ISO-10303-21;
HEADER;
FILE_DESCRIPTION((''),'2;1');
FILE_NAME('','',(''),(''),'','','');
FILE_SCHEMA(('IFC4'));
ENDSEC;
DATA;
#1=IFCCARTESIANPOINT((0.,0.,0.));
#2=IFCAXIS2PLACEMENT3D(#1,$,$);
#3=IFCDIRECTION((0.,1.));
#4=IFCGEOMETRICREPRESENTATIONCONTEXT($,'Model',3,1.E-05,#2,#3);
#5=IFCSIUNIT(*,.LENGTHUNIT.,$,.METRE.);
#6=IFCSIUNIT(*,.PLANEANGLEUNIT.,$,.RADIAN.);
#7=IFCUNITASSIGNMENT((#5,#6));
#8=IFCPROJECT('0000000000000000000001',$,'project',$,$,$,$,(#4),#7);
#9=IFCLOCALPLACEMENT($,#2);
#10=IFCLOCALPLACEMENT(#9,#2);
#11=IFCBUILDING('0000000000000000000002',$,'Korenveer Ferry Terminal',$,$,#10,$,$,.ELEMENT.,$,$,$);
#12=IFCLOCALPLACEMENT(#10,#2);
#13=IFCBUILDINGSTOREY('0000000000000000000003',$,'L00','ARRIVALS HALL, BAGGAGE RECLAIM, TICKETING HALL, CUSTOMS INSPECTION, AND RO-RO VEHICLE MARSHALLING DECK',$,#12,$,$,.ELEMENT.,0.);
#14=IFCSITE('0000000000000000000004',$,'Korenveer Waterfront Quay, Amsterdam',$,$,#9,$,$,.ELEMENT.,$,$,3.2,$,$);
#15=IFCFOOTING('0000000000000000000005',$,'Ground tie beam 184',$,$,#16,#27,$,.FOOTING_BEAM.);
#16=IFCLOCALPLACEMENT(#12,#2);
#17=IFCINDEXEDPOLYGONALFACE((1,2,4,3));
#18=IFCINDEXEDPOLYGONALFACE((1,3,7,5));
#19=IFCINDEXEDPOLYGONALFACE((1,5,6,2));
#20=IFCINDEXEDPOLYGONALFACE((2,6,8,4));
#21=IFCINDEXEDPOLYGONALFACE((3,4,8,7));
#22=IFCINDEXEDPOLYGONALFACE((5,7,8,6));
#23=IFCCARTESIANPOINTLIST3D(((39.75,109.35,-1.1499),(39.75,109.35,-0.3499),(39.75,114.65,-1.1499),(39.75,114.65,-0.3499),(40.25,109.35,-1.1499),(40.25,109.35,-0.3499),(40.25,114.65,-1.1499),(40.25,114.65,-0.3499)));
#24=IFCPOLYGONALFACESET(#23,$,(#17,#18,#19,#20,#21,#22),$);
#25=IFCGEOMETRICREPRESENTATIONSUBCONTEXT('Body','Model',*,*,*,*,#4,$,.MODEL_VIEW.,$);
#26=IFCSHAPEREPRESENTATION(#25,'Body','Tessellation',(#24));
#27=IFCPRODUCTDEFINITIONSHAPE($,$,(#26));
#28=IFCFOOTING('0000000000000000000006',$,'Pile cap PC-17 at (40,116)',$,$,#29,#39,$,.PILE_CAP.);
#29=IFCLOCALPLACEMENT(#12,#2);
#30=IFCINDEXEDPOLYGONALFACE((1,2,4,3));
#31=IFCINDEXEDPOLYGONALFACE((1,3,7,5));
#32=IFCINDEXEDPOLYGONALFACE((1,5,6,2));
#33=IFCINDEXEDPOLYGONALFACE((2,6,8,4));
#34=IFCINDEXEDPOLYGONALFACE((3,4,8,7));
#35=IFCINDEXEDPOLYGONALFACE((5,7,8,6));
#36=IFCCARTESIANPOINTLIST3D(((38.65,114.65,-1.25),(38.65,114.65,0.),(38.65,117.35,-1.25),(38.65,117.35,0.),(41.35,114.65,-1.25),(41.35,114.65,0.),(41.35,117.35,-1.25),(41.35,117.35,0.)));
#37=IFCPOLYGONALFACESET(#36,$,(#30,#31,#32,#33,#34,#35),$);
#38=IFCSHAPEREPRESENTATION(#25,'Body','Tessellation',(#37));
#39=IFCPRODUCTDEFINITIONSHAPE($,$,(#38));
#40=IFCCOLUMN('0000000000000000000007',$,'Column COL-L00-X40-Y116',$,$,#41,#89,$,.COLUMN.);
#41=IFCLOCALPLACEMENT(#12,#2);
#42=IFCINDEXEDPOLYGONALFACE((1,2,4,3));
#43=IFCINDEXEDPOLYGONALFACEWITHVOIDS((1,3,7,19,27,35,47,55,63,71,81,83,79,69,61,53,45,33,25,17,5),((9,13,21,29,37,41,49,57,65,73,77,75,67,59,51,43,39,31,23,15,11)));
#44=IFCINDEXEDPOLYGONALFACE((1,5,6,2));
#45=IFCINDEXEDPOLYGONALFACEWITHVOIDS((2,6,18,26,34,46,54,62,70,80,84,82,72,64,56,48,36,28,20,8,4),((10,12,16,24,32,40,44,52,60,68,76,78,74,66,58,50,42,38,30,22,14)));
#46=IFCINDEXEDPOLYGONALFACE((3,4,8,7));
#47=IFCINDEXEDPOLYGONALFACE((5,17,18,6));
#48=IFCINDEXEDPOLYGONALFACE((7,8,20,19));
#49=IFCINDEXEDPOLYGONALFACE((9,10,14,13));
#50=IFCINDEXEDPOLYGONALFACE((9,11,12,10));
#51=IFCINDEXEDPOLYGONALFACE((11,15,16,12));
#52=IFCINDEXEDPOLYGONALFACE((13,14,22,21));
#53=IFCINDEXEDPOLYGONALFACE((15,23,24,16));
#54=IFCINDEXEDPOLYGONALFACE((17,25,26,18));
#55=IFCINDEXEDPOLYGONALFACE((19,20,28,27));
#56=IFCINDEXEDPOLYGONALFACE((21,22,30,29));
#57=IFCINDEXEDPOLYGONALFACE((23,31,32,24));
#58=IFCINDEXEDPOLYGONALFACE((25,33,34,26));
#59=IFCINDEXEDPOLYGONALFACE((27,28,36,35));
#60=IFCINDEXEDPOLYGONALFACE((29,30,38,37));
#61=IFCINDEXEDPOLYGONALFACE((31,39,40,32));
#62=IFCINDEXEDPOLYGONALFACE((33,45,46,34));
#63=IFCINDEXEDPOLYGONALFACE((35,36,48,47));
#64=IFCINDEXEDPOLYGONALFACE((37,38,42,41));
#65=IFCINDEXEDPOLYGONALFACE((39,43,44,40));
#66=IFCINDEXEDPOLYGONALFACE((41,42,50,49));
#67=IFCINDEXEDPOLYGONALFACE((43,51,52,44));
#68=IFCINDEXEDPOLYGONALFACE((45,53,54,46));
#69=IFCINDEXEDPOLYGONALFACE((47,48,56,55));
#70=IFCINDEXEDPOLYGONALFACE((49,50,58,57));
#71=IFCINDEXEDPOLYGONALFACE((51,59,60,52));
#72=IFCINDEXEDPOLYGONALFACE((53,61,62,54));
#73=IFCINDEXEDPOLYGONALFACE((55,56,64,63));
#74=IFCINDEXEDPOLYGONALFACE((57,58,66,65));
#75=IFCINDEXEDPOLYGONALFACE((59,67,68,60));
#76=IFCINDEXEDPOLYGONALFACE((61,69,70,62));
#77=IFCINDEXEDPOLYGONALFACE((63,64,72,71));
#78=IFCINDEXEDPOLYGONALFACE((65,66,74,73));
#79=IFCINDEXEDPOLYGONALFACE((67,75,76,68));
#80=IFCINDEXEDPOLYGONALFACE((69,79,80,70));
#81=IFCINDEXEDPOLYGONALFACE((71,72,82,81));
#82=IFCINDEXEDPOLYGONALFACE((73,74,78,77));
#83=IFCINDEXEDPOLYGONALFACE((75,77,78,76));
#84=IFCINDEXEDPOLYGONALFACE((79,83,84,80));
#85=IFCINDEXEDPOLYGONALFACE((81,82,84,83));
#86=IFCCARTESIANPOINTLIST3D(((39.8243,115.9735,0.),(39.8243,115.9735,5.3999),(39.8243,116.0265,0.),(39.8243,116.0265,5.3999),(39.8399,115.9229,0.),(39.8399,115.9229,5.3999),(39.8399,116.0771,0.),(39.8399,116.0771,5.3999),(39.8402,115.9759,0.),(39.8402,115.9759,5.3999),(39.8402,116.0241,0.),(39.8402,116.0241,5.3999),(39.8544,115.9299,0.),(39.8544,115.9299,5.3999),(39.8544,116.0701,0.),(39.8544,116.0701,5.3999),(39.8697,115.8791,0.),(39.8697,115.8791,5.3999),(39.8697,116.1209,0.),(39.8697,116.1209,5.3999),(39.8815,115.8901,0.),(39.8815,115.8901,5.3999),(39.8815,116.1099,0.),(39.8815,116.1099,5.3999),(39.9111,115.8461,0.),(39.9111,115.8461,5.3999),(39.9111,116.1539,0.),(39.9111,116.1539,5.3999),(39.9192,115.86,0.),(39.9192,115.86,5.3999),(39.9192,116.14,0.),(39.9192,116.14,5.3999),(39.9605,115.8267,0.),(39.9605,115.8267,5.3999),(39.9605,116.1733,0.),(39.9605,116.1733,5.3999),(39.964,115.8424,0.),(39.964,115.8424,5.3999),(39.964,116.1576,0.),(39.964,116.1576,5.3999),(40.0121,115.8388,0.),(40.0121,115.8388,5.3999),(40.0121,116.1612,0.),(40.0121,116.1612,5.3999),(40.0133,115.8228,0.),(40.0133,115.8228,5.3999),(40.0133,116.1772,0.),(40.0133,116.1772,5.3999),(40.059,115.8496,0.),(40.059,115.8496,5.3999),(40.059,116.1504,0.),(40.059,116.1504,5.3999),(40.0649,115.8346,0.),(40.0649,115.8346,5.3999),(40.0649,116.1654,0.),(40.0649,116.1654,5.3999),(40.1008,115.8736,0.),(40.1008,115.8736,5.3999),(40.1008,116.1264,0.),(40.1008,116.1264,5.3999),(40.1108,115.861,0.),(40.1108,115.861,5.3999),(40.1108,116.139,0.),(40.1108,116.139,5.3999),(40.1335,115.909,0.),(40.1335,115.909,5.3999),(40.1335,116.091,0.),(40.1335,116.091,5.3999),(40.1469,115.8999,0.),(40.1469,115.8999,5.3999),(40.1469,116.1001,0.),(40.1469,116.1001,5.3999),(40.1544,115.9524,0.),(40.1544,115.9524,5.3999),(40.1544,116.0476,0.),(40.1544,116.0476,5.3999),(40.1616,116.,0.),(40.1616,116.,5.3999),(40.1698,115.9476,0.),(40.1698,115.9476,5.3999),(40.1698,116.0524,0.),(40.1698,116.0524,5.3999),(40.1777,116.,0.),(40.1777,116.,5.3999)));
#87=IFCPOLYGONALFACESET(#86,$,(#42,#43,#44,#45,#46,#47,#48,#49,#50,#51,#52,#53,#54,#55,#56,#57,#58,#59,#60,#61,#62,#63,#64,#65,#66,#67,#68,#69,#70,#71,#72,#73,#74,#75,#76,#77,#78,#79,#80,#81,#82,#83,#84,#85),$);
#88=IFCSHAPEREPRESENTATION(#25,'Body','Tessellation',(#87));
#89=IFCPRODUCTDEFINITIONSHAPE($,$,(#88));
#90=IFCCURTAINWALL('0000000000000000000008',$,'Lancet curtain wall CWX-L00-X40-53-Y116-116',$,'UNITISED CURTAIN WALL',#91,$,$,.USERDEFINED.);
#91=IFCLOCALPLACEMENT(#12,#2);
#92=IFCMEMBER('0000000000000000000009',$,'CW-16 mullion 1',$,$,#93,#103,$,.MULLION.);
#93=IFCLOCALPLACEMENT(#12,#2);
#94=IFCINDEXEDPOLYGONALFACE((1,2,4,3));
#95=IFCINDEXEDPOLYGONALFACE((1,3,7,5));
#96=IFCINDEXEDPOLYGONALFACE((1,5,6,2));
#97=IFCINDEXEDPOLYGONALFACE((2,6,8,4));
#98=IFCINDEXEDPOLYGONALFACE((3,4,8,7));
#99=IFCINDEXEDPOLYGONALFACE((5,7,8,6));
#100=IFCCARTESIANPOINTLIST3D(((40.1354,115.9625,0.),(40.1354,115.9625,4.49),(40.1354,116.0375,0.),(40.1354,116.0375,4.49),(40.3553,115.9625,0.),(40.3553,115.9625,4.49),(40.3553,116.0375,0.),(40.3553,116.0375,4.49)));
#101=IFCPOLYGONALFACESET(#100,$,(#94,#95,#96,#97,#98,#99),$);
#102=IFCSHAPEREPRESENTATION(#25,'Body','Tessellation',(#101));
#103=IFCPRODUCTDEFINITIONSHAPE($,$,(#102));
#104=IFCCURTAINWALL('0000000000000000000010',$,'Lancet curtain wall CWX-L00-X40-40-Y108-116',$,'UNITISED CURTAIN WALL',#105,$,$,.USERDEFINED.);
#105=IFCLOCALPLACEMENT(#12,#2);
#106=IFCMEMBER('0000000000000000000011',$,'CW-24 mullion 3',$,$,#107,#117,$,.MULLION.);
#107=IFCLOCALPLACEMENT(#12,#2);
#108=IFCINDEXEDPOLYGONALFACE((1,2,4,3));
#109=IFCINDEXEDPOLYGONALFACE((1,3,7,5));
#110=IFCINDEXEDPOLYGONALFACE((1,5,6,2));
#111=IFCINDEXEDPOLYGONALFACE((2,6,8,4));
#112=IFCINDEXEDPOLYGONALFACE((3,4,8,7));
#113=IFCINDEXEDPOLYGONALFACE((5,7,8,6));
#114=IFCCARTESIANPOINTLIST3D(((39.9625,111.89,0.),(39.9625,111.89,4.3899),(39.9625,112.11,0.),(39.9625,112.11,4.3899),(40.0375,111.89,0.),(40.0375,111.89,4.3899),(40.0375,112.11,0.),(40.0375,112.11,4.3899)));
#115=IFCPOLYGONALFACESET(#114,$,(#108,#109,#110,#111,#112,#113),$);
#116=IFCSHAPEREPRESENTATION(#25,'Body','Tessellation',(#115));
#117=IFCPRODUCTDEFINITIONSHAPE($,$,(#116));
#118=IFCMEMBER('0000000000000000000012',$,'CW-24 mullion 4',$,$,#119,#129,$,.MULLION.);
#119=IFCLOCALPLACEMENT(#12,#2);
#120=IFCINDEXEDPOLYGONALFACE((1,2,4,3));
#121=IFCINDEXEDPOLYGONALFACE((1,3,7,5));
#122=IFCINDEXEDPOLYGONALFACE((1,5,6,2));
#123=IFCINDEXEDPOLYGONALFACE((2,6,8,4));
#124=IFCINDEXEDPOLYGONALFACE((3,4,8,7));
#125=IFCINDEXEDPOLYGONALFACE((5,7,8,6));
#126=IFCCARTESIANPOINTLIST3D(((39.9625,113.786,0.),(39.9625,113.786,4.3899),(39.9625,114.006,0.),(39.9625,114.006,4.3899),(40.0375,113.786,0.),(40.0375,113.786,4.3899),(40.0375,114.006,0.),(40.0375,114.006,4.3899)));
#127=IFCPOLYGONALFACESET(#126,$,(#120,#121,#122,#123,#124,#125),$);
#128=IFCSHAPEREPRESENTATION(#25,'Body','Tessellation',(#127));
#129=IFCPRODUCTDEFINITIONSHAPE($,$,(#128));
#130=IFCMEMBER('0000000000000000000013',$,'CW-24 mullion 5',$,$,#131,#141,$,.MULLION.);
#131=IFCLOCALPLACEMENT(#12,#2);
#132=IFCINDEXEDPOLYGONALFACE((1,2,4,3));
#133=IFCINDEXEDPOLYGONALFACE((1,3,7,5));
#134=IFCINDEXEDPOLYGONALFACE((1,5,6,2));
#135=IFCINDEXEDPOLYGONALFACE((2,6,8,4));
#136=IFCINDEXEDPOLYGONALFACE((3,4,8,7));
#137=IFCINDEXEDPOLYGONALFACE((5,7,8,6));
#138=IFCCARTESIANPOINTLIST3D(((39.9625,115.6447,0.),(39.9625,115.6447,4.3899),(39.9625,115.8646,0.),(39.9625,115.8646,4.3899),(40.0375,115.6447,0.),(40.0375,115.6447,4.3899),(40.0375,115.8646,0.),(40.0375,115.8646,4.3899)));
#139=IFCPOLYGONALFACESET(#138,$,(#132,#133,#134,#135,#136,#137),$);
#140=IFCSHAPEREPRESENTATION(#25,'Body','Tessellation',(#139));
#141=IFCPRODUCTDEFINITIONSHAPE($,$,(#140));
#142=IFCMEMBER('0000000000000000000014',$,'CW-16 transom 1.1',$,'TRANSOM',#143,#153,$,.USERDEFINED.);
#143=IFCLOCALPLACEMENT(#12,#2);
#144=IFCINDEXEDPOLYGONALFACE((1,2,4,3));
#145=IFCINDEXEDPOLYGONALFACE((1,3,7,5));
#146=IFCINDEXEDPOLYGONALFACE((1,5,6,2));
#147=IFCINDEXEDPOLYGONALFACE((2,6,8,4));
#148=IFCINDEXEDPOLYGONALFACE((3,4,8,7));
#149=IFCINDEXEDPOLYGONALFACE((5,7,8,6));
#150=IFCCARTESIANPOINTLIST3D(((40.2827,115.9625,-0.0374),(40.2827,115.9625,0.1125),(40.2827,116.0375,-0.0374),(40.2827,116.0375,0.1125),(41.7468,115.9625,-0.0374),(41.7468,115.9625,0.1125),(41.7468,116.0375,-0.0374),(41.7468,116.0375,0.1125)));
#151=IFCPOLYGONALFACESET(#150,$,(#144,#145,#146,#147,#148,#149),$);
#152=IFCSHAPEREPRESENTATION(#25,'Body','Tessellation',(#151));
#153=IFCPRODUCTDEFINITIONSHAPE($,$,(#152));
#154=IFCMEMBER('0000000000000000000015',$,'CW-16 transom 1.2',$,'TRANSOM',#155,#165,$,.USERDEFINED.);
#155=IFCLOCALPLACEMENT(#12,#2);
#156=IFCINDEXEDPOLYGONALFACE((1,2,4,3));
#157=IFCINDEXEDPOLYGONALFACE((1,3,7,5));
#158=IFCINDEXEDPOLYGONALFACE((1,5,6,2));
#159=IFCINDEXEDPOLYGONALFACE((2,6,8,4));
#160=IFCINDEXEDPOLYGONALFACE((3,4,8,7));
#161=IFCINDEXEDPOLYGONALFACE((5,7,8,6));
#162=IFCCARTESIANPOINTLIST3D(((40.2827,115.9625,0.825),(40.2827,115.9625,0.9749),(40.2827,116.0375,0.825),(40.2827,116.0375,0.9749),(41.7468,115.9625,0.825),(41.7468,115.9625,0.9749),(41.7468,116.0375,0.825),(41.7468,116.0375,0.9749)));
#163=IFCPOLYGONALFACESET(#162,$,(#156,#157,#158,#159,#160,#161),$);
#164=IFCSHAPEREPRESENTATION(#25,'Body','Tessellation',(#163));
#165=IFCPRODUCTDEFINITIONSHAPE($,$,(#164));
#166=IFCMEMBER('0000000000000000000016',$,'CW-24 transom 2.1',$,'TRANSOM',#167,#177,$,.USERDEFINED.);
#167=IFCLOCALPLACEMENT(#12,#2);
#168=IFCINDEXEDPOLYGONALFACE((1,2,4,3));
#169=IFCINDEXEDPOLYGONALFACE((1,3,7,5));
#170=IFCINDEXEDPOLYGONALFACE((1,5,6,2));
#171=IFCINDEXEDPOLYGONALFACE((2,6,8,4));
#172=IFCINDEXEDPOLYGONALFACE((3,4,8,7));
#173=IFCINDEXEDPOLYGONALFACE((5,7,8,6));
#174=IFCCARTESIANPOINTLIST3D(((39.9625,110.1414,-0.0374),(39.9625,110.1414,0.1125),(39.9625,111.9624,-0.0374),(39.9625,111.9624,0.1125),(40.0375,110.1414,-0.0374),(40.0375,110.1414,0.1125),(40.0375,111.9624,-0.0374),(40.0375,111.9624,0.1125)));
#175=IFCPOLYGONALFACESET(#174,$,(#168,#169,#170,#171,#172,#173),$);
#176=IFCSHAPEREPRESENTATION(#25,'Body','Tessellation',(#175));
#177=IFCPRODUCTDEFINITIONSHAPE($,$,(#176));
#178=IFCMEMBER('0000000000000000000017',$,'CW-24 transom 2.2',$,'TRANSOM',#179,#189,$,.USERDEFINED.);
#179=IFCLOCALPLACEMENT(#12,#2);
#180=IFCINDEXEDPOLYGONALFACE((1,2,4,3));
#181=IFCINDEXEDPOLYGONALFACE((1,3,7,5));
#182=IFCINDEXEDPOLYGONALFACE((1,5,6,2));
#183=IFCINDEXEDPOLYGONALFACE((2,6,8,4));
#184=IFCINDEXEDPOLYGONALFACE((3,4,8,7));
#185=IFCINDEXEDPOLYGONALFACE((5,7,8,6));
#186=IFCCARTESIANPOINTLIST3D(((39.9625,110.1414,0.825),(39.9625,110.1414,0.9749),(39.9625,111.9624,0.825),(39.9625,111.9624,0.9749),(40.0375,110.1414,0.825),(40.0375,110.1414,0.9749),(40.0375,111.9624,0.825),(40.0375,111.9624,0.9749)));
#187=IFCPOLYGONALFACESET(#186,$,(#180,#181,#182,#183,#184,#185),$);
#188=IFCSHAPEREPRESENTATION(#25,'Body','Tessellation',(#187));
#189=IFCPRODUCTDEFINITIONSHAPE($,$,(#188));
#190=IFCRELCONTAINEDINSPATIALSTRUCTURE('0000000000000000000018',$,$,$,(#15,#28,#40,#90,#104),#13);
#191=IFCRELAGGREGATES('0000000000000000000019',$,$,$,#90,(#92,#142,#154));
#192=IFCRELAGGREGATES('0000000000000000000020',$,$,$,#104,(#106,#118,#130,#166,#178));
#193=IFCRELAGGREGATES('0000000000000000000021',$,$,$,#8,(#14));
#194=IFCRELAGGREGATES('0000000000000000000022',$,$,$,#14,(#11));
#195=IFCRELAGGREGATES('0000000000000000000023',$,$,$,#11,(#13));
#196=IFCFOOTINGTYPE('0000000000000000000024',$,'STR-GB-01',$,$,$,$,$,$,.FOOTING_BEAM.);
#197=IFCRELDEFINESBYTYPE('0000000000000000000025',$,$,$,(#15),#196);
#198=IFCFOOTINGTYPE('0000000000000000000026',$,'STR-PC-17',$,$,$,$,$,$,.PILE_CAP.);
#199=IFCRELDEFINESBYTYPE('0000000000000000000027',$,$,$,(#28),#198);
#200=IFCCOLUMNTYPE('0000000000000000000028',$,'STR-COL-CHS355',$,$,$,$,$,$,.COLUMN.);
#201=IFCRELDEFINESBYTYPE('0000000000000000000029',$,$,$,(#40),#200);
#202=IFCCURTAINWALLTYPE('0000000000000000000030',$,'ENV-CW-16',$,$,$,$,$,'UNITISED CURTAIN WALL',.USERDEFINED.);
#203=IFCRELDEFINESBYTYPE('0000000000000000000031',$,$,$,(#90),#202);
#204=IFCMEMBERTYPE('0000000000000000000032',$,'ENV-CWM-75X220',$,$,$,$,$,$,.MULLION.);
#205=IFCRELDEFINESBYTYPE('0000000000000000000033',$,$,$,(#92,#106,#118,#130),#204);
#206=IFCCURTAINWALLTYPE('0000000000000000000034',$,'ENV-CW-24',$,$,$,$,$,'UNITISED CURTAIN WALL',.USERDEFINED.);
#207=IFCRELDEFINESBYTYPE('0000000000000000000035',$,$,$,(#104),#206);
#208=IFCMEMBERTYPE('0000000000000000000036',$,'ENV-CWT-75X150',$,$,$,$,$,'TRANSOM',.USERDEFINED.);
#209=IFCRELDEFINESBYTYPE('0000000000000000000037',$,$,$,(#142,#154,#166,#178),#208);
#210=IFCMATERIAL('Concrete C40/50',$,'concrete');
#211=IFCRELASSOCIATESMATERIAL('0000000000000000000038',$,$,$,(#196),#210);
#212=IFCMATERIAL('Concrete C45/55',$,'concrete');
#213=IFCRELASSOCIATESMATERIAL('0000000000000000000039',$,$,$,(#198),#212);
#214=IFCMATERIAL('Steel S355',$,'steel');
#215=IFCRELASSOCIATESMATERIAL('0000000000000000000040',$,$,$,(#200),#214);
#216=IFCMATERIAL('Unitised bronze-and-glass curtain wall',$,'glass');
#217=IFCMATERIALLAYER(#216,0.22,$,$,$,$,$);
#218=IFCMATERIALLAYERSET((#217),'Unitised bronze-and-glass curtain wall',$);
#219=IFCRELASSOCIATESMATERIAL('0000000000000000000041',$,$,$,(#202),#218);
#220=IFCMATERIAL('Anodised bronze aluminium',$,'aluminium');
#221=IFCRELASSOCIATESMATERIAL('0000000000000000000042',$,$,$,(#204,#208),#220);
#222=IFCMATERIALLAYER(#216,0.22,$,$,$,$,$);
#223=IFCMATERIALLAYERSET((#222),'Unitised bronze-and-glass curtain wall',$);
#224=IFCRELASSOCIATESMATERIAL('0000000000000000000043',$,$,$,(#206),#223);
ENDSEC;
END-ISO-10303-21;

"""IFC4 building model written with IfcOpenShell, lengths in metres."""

from ifc_helpers import new_model, si_unit, direction, frame, origin, origin_2d, place, context, subcontext, project, spatial, rectangle, hollow_circle, extrude, material, layer, layer_set, material_profile, profile_set, type_object, element, aggregate, save


model = new_model("IFC4")

# Units and contexts
model_context = context("Model", 3, precision=1e-05, world=origin(), true_north=direction((0.0, 1.0)))
body_context = subcontext(model_context, "Body", "Model", "MODEL_VIEW")
ifc_project = project(units=[si_unit("LENGTHUNIT", "METRE"), si_unit("PLANEANGLEUNIT", "RADIAN")], contexts=[model_context])

# Site, building, storey
site_placement = place(None, origin())
site = spatial("IfcSite", under=ifc_project, at=site_placement, Name="Korenveer Waterfront Quay, Amsterdam", CompositionType="ELEMENT", RefElevation=3.2)
building_placement = place(site_placement, origin())
building = spatial("IfcBuilding", under=site, at=building_placement, Name="Korenveer Ferry Terminal", CompositionType="ELEMENT")
storey_placement = place(building_placement, origin())
storey = spatial("IfcBuildingStorey", under=building, at=storey_placement, Name="L00", Description="ARRIVALS HALL, BAGGAGE RECLAIM, TICKETING HALL, CUSTOMS INSPECTION, AND RO-RO VEHICLE MARSHALLING DECK", CompositionType="ELEMENT", Elevation=0.0)

# Footings
ifc_material_1 = material(Name="Concrete C40/50", Category="concrete")
footing_type_1 = type_object("IfcFootingType", Name="STR-GB-01", PredefinedType="FOOTING_BEAM", material=ifc_material_1)
footing_1_placement = place(storey_placement, frame((40.0, 112.0, -1.1499), z_axis=(0.0, 0.0, 1.0), x_axis=(1.0, 0.0, 0.0)))
element("IfcFooting", 1, at=footing_1_placement, inside=storey, type_object=footing_type_1, Name="Ground tie beam 184", PredefinedType="FOOTING_BEAM", context=body_context, shape_type="SweptSolid", body=[
    extrude(rectangle(XDim=0.5, YDim=5.3, at=origin_2d()), origin(), (0.0, 0.0, 1.0), 0.8),
])
ifc_material_2 = material(Name="Concrete C45/55", Category="concrete")
footing_type_2 = type_object("IfcFootingType", Name="STR-PC-17", PredefinedType="PILE_CAP", material=ifc_material_2)
footing_2_placement = place(storey_placement, frame((40.0, 116.0, -1.25), z_axis=(0.0, 0.0, 1.0), x_axis=(1.0, 0.0, 0.0)))
element("IfcFooting", 2, at=footing_2_placement, inside=storey, type_object=footing_type_2, Name="Pile cap PC-17 at (40,116)", PredefinedType="PILE_CAP", context=body_context, shape_type="SweptSolid", body=[
    extrude(rectangle(XDim=2.7, YDim=2.7, at=origin_2d()), origin(), (0.0, 0.0, 1.0), 1.25),
])

# Column
ifc_material_3 = material(Name="Steel S355", Category="steel")
ifc_material_profile_1 = material_profile(ifc_material_3, hollow_circle(Radius=0.1777, WallThickness=0.0161, at=origin_2d()), Name="CHS 355.6x16")
ifc_profile_set_1 = profile_set([ifc_material_profile_1], Name="Steel S355")
column_type = type_object("IfcColumnType", Name="STR-COL-CHS355", PredefinedType="COLUMN", material=ifc_profile_set_1)
column_placement = place(storey_placement, frame((40.0, 116.0, 0.0), z_axis=(0.0, 0.0, 1.0), x_axis=(1.0, 0.0, 0.0)))
element("IfcColumn", 3, at=column_placement, inside=storey, type_object=column_type, Name="Column COL-L00-X40-Y116", PredefinedType="COLUMN", context=body_context, shape_type="SweptSolid", body=[
    extrude(hollow_circle(Radius=0.1777, WallThickness=0.0161, at=origin_2d()), origin(), (0.0, 0.0, 1.0), 5.3999),
])

# Curtain wall, member
ifc_material_4 = material(Name="Unitised bronze-and-glass curtain wall", Category="glass")
ifc_layer_1 = layer(ifc_material_4, 0.22)
ifc_layer_set_1 = layer_set([ifc_layer_1], Name="Unitised bronze-and-glass curtain wall")
curtain_wall_type_1 = type_object("IfcCurtainWallType", Name="ENV-CW-16", ElementType="UNITISED CURTAIN WALL", PredefinedType="USERDEFINED", material=ifc_layer_set_1)
curtain_wall_1_placement = place(storey_placement, frame((40.2078, 116.0, 0.0)))
curtain_wall_1 = element("IfcCurtainWall", 4, at=curtain_wall_1_placement, inside=storey, type_object=curtain_wall_type_1, Name="Lancet curtain wall CWX-L00-X40-53-Y116-116", ObjectType="UNITISED CURTAIN WALL", PredefinedType="USERDEFINED")
ifc_material_5 = material(Name="Anodised bronze aluminium", Category="aluminium")
ifc_material_profile_2 = material_profile(ifc_material_5, rectangle(XDim=0.075, YDim=0.22, at=origin_2d()), Name="ALU 75x220")
ifc_profile_set_2 = profile_set([ifc_material_profile_2], Name="Anodised bronze aluminium")
member_type_1 = type_object("IfcMemberType", Name="ENV-CWM-75X220", PredefinedType="MULLION", material=ifc_profile_set_2)
member_1_placement = place(storey_placement, frame((40.2454, 116.0, 0.0), z_axis=(0.0, 0.0, 1.0), x_axis=(0.0, 1.0, 0.0)))
member_1 = element("IfcMember", 5, at=member_1_placement, type_object=member_type_1, Name="CW-16 mullion 1", PredefinedType="MULLION", context=body_context, shape_type="SweptSolid", body=[
    extrude(rectangle(XDim=0.075, YDim=0.22, at=origin_2d()), origin(), (0.0, 0.0, 1.0), 4.49),
])

# Curtain wall, members
ifc_layer_2 = layer(ifc_material_4, 0.22)
ifc_layer_set_2 = layer_set([ifc_layer_2], Name="Unitised bronze-and-glass curtain wall")
curtain_wall_type_2 = type_object("IfcCurtainWallType", Name="ENV-CW-24", ElementType="UNITISED CURTAIN WALL", PredefinedType="USERDEFINED", material=ifc_layer_set_2)
curtain_wall_2_placement = place(storey_placement, frame((40.0, 108.2078, 0.0)))
curtain_wall_2 = element("IfcCurtainWall", 6, at=curtain_wall_2_placement, inside=storey, type_object=curtain_wall_type_2, Name="Lancet curtain wall CWX-L00-X40-40-Y108-116", ObjectType="UNITISED CURTAIN WALL", PredefinedType="USERDEFINED")
member_2_placement = place(storey_placement, frame((40.0, 112.0, 0.0), z_axis=(0.0, 0.0, 1.0), x_axis=(-1.0, 0.0, 0.0)))
member_2 = element("IfcMember", 7, at=member_2_placement, type_object=member_type_1, Name="CW-24 mullion 3", PredefinedType="MULLION", context=body_context, shape_type="SweptSolid", body=[
    extrude(rectangle(XDim=0.075, YDim=0.22, at=origin_2d()), origin(), (0.0, 0.0, 1.0), 4.3899),
])
member_3_placement = place(storey_placement, frame((40.0, 113.896, 0.0), z_axis=(0.0, 0.0, 1.0), x_axis=(-1.0, 0.0, 0.0)))
member_3 = element("IfcMember", 8, at=member_3_placement, type_object=member_type_1, Name="CW-24 mullion 4", PredefinedType="MULLION", context=body_context, shape_type="SweptSolid", body=[
    extrude(rectangle(XDim=0.075, YDim=0.22, at=origin_2d()), origin(), (0.0, 0.0, 1.0), 4.3899),
])
member_4_placement = place(storey_placement, frame((40.0, 115.7546, 0.0), z_axis=(0.0, 0.0, 1.0), x_axis=(-1.0, 0.0, 0.0)))
member_4 = element("IfcMember", 9, at=member_4_placement, type_object=member_type_1, Name="CW-24 mullion 5", PredefinedType="MULLION", context=body_context, shape_type="SweptSolid", body=[
    extrude(rectangle(XDim=0.075, YDim=0.22, at=origin_2d()), origin(), (0.0, 0.0, 1.0), 4.3899),
])

# Members
ifc_material_profile_3 = material_profile(ifc_material_5, rectangle(XDim=0.075, YDim=0.1499, at=origin_2d()), Name="ALU 75x150")
ifc_profile_set_3 = profile_set([ifc_material_profile_3], Name="Anodised bronze aluminium")
member_type_2 = type_object("IfcMemberType", Name="ENV-CWT-75X150", ElementType="TRANSOM", PredefinedType="USERDEFINED", material=ifc_profile_set_3)
member_5_placement = place(storey_placement, frame((40.2827, 116.0, 0.0376), z_axis=(1.0, 0.0, 0.0), x_axis=(0.0, 1.0, 0.0)))
member_5 = element("IfcMember", 10, at=member_5_placement, type_object=member_type_2, Name="CW-16 transom 1.1", ObjectType="TRANSOM", PredefinedType="USERDEFINED", context=body_context, shape_type="SweptSolid", body=[
    extrude(rectangle(XDim=0.075, YDim=0.1499, at=origin_2d()), origin(), (0.0, 0.0, 1.0), 1.4641),
])
member_6_placement = place(storey_placement, frame((40.2827, 116.0, 0.8999), z_axis=(1.0, 0.0, 0.0), x_axis=(0.0, 1.0, 0.0)))
member_6 = element("IfcMember", 11, at=member_6_placement, type_object=member_type_2, Name="CW-16 transom 1.2", ObjectType="TRANSOM", PredefinedType="USERDEFINED", context=body_context, shape_type="SweptSolid", body=[
    extrude(rectangle(XDim=0.075, YDim=0.1499, at=origin_2d()), origin(), (0.0, 0.0, 1.0), 1.4641),
])
aggregate(curtain_wall_1, [member_1, member_5, member_6])
member_7_placement = place(storey_placement, frame((40.0, 110.1414, 0.0376), z_axis=(0.0, 1.0, 0.0), x_axis=(-1.0, 0.0, 0.0)))
member_7 = element("IfcMember", 12, at=member_7_placement, type_object=member_type_2, Name="CW-24 transom 2.1", ObjectType="TRANSOM", PredefinedType="USERDEFINED", context=body_context, shape_type="SweptSolid", body=[
    extrude(rectangle(XDim=0.075, YDim=0.1499, at=origin_2d()), origin(), (0.0, 0.0, 1.0), 1.821),
])
member_8_placement = place(storey_placement, frame((40.0, 110.1414, 0.8999), z_axis=(0.0, 1.0, 0.0), x_axis=(-1.0, 0.0, 0.0)))
member_8 = element("IfcMember", 13, at=member_8_placement, type_object=member_type_2, Name="CW-24 transom 2.2", ObjectType="TRANSOM", PredefinedType="USERDEFINED", context=body_context, shape_type="SweptSolid", body=[
    extrude(rectangle(XDim=0.075, YDim=0.1499, at=origin_2d()), origin(), (0.0, 0.0, 1.0), 1.821),
])

aggregate(curtain_wall_2, [member_2, member_3, member_4, member_7, member_8])

save(model, "model.ifc")
